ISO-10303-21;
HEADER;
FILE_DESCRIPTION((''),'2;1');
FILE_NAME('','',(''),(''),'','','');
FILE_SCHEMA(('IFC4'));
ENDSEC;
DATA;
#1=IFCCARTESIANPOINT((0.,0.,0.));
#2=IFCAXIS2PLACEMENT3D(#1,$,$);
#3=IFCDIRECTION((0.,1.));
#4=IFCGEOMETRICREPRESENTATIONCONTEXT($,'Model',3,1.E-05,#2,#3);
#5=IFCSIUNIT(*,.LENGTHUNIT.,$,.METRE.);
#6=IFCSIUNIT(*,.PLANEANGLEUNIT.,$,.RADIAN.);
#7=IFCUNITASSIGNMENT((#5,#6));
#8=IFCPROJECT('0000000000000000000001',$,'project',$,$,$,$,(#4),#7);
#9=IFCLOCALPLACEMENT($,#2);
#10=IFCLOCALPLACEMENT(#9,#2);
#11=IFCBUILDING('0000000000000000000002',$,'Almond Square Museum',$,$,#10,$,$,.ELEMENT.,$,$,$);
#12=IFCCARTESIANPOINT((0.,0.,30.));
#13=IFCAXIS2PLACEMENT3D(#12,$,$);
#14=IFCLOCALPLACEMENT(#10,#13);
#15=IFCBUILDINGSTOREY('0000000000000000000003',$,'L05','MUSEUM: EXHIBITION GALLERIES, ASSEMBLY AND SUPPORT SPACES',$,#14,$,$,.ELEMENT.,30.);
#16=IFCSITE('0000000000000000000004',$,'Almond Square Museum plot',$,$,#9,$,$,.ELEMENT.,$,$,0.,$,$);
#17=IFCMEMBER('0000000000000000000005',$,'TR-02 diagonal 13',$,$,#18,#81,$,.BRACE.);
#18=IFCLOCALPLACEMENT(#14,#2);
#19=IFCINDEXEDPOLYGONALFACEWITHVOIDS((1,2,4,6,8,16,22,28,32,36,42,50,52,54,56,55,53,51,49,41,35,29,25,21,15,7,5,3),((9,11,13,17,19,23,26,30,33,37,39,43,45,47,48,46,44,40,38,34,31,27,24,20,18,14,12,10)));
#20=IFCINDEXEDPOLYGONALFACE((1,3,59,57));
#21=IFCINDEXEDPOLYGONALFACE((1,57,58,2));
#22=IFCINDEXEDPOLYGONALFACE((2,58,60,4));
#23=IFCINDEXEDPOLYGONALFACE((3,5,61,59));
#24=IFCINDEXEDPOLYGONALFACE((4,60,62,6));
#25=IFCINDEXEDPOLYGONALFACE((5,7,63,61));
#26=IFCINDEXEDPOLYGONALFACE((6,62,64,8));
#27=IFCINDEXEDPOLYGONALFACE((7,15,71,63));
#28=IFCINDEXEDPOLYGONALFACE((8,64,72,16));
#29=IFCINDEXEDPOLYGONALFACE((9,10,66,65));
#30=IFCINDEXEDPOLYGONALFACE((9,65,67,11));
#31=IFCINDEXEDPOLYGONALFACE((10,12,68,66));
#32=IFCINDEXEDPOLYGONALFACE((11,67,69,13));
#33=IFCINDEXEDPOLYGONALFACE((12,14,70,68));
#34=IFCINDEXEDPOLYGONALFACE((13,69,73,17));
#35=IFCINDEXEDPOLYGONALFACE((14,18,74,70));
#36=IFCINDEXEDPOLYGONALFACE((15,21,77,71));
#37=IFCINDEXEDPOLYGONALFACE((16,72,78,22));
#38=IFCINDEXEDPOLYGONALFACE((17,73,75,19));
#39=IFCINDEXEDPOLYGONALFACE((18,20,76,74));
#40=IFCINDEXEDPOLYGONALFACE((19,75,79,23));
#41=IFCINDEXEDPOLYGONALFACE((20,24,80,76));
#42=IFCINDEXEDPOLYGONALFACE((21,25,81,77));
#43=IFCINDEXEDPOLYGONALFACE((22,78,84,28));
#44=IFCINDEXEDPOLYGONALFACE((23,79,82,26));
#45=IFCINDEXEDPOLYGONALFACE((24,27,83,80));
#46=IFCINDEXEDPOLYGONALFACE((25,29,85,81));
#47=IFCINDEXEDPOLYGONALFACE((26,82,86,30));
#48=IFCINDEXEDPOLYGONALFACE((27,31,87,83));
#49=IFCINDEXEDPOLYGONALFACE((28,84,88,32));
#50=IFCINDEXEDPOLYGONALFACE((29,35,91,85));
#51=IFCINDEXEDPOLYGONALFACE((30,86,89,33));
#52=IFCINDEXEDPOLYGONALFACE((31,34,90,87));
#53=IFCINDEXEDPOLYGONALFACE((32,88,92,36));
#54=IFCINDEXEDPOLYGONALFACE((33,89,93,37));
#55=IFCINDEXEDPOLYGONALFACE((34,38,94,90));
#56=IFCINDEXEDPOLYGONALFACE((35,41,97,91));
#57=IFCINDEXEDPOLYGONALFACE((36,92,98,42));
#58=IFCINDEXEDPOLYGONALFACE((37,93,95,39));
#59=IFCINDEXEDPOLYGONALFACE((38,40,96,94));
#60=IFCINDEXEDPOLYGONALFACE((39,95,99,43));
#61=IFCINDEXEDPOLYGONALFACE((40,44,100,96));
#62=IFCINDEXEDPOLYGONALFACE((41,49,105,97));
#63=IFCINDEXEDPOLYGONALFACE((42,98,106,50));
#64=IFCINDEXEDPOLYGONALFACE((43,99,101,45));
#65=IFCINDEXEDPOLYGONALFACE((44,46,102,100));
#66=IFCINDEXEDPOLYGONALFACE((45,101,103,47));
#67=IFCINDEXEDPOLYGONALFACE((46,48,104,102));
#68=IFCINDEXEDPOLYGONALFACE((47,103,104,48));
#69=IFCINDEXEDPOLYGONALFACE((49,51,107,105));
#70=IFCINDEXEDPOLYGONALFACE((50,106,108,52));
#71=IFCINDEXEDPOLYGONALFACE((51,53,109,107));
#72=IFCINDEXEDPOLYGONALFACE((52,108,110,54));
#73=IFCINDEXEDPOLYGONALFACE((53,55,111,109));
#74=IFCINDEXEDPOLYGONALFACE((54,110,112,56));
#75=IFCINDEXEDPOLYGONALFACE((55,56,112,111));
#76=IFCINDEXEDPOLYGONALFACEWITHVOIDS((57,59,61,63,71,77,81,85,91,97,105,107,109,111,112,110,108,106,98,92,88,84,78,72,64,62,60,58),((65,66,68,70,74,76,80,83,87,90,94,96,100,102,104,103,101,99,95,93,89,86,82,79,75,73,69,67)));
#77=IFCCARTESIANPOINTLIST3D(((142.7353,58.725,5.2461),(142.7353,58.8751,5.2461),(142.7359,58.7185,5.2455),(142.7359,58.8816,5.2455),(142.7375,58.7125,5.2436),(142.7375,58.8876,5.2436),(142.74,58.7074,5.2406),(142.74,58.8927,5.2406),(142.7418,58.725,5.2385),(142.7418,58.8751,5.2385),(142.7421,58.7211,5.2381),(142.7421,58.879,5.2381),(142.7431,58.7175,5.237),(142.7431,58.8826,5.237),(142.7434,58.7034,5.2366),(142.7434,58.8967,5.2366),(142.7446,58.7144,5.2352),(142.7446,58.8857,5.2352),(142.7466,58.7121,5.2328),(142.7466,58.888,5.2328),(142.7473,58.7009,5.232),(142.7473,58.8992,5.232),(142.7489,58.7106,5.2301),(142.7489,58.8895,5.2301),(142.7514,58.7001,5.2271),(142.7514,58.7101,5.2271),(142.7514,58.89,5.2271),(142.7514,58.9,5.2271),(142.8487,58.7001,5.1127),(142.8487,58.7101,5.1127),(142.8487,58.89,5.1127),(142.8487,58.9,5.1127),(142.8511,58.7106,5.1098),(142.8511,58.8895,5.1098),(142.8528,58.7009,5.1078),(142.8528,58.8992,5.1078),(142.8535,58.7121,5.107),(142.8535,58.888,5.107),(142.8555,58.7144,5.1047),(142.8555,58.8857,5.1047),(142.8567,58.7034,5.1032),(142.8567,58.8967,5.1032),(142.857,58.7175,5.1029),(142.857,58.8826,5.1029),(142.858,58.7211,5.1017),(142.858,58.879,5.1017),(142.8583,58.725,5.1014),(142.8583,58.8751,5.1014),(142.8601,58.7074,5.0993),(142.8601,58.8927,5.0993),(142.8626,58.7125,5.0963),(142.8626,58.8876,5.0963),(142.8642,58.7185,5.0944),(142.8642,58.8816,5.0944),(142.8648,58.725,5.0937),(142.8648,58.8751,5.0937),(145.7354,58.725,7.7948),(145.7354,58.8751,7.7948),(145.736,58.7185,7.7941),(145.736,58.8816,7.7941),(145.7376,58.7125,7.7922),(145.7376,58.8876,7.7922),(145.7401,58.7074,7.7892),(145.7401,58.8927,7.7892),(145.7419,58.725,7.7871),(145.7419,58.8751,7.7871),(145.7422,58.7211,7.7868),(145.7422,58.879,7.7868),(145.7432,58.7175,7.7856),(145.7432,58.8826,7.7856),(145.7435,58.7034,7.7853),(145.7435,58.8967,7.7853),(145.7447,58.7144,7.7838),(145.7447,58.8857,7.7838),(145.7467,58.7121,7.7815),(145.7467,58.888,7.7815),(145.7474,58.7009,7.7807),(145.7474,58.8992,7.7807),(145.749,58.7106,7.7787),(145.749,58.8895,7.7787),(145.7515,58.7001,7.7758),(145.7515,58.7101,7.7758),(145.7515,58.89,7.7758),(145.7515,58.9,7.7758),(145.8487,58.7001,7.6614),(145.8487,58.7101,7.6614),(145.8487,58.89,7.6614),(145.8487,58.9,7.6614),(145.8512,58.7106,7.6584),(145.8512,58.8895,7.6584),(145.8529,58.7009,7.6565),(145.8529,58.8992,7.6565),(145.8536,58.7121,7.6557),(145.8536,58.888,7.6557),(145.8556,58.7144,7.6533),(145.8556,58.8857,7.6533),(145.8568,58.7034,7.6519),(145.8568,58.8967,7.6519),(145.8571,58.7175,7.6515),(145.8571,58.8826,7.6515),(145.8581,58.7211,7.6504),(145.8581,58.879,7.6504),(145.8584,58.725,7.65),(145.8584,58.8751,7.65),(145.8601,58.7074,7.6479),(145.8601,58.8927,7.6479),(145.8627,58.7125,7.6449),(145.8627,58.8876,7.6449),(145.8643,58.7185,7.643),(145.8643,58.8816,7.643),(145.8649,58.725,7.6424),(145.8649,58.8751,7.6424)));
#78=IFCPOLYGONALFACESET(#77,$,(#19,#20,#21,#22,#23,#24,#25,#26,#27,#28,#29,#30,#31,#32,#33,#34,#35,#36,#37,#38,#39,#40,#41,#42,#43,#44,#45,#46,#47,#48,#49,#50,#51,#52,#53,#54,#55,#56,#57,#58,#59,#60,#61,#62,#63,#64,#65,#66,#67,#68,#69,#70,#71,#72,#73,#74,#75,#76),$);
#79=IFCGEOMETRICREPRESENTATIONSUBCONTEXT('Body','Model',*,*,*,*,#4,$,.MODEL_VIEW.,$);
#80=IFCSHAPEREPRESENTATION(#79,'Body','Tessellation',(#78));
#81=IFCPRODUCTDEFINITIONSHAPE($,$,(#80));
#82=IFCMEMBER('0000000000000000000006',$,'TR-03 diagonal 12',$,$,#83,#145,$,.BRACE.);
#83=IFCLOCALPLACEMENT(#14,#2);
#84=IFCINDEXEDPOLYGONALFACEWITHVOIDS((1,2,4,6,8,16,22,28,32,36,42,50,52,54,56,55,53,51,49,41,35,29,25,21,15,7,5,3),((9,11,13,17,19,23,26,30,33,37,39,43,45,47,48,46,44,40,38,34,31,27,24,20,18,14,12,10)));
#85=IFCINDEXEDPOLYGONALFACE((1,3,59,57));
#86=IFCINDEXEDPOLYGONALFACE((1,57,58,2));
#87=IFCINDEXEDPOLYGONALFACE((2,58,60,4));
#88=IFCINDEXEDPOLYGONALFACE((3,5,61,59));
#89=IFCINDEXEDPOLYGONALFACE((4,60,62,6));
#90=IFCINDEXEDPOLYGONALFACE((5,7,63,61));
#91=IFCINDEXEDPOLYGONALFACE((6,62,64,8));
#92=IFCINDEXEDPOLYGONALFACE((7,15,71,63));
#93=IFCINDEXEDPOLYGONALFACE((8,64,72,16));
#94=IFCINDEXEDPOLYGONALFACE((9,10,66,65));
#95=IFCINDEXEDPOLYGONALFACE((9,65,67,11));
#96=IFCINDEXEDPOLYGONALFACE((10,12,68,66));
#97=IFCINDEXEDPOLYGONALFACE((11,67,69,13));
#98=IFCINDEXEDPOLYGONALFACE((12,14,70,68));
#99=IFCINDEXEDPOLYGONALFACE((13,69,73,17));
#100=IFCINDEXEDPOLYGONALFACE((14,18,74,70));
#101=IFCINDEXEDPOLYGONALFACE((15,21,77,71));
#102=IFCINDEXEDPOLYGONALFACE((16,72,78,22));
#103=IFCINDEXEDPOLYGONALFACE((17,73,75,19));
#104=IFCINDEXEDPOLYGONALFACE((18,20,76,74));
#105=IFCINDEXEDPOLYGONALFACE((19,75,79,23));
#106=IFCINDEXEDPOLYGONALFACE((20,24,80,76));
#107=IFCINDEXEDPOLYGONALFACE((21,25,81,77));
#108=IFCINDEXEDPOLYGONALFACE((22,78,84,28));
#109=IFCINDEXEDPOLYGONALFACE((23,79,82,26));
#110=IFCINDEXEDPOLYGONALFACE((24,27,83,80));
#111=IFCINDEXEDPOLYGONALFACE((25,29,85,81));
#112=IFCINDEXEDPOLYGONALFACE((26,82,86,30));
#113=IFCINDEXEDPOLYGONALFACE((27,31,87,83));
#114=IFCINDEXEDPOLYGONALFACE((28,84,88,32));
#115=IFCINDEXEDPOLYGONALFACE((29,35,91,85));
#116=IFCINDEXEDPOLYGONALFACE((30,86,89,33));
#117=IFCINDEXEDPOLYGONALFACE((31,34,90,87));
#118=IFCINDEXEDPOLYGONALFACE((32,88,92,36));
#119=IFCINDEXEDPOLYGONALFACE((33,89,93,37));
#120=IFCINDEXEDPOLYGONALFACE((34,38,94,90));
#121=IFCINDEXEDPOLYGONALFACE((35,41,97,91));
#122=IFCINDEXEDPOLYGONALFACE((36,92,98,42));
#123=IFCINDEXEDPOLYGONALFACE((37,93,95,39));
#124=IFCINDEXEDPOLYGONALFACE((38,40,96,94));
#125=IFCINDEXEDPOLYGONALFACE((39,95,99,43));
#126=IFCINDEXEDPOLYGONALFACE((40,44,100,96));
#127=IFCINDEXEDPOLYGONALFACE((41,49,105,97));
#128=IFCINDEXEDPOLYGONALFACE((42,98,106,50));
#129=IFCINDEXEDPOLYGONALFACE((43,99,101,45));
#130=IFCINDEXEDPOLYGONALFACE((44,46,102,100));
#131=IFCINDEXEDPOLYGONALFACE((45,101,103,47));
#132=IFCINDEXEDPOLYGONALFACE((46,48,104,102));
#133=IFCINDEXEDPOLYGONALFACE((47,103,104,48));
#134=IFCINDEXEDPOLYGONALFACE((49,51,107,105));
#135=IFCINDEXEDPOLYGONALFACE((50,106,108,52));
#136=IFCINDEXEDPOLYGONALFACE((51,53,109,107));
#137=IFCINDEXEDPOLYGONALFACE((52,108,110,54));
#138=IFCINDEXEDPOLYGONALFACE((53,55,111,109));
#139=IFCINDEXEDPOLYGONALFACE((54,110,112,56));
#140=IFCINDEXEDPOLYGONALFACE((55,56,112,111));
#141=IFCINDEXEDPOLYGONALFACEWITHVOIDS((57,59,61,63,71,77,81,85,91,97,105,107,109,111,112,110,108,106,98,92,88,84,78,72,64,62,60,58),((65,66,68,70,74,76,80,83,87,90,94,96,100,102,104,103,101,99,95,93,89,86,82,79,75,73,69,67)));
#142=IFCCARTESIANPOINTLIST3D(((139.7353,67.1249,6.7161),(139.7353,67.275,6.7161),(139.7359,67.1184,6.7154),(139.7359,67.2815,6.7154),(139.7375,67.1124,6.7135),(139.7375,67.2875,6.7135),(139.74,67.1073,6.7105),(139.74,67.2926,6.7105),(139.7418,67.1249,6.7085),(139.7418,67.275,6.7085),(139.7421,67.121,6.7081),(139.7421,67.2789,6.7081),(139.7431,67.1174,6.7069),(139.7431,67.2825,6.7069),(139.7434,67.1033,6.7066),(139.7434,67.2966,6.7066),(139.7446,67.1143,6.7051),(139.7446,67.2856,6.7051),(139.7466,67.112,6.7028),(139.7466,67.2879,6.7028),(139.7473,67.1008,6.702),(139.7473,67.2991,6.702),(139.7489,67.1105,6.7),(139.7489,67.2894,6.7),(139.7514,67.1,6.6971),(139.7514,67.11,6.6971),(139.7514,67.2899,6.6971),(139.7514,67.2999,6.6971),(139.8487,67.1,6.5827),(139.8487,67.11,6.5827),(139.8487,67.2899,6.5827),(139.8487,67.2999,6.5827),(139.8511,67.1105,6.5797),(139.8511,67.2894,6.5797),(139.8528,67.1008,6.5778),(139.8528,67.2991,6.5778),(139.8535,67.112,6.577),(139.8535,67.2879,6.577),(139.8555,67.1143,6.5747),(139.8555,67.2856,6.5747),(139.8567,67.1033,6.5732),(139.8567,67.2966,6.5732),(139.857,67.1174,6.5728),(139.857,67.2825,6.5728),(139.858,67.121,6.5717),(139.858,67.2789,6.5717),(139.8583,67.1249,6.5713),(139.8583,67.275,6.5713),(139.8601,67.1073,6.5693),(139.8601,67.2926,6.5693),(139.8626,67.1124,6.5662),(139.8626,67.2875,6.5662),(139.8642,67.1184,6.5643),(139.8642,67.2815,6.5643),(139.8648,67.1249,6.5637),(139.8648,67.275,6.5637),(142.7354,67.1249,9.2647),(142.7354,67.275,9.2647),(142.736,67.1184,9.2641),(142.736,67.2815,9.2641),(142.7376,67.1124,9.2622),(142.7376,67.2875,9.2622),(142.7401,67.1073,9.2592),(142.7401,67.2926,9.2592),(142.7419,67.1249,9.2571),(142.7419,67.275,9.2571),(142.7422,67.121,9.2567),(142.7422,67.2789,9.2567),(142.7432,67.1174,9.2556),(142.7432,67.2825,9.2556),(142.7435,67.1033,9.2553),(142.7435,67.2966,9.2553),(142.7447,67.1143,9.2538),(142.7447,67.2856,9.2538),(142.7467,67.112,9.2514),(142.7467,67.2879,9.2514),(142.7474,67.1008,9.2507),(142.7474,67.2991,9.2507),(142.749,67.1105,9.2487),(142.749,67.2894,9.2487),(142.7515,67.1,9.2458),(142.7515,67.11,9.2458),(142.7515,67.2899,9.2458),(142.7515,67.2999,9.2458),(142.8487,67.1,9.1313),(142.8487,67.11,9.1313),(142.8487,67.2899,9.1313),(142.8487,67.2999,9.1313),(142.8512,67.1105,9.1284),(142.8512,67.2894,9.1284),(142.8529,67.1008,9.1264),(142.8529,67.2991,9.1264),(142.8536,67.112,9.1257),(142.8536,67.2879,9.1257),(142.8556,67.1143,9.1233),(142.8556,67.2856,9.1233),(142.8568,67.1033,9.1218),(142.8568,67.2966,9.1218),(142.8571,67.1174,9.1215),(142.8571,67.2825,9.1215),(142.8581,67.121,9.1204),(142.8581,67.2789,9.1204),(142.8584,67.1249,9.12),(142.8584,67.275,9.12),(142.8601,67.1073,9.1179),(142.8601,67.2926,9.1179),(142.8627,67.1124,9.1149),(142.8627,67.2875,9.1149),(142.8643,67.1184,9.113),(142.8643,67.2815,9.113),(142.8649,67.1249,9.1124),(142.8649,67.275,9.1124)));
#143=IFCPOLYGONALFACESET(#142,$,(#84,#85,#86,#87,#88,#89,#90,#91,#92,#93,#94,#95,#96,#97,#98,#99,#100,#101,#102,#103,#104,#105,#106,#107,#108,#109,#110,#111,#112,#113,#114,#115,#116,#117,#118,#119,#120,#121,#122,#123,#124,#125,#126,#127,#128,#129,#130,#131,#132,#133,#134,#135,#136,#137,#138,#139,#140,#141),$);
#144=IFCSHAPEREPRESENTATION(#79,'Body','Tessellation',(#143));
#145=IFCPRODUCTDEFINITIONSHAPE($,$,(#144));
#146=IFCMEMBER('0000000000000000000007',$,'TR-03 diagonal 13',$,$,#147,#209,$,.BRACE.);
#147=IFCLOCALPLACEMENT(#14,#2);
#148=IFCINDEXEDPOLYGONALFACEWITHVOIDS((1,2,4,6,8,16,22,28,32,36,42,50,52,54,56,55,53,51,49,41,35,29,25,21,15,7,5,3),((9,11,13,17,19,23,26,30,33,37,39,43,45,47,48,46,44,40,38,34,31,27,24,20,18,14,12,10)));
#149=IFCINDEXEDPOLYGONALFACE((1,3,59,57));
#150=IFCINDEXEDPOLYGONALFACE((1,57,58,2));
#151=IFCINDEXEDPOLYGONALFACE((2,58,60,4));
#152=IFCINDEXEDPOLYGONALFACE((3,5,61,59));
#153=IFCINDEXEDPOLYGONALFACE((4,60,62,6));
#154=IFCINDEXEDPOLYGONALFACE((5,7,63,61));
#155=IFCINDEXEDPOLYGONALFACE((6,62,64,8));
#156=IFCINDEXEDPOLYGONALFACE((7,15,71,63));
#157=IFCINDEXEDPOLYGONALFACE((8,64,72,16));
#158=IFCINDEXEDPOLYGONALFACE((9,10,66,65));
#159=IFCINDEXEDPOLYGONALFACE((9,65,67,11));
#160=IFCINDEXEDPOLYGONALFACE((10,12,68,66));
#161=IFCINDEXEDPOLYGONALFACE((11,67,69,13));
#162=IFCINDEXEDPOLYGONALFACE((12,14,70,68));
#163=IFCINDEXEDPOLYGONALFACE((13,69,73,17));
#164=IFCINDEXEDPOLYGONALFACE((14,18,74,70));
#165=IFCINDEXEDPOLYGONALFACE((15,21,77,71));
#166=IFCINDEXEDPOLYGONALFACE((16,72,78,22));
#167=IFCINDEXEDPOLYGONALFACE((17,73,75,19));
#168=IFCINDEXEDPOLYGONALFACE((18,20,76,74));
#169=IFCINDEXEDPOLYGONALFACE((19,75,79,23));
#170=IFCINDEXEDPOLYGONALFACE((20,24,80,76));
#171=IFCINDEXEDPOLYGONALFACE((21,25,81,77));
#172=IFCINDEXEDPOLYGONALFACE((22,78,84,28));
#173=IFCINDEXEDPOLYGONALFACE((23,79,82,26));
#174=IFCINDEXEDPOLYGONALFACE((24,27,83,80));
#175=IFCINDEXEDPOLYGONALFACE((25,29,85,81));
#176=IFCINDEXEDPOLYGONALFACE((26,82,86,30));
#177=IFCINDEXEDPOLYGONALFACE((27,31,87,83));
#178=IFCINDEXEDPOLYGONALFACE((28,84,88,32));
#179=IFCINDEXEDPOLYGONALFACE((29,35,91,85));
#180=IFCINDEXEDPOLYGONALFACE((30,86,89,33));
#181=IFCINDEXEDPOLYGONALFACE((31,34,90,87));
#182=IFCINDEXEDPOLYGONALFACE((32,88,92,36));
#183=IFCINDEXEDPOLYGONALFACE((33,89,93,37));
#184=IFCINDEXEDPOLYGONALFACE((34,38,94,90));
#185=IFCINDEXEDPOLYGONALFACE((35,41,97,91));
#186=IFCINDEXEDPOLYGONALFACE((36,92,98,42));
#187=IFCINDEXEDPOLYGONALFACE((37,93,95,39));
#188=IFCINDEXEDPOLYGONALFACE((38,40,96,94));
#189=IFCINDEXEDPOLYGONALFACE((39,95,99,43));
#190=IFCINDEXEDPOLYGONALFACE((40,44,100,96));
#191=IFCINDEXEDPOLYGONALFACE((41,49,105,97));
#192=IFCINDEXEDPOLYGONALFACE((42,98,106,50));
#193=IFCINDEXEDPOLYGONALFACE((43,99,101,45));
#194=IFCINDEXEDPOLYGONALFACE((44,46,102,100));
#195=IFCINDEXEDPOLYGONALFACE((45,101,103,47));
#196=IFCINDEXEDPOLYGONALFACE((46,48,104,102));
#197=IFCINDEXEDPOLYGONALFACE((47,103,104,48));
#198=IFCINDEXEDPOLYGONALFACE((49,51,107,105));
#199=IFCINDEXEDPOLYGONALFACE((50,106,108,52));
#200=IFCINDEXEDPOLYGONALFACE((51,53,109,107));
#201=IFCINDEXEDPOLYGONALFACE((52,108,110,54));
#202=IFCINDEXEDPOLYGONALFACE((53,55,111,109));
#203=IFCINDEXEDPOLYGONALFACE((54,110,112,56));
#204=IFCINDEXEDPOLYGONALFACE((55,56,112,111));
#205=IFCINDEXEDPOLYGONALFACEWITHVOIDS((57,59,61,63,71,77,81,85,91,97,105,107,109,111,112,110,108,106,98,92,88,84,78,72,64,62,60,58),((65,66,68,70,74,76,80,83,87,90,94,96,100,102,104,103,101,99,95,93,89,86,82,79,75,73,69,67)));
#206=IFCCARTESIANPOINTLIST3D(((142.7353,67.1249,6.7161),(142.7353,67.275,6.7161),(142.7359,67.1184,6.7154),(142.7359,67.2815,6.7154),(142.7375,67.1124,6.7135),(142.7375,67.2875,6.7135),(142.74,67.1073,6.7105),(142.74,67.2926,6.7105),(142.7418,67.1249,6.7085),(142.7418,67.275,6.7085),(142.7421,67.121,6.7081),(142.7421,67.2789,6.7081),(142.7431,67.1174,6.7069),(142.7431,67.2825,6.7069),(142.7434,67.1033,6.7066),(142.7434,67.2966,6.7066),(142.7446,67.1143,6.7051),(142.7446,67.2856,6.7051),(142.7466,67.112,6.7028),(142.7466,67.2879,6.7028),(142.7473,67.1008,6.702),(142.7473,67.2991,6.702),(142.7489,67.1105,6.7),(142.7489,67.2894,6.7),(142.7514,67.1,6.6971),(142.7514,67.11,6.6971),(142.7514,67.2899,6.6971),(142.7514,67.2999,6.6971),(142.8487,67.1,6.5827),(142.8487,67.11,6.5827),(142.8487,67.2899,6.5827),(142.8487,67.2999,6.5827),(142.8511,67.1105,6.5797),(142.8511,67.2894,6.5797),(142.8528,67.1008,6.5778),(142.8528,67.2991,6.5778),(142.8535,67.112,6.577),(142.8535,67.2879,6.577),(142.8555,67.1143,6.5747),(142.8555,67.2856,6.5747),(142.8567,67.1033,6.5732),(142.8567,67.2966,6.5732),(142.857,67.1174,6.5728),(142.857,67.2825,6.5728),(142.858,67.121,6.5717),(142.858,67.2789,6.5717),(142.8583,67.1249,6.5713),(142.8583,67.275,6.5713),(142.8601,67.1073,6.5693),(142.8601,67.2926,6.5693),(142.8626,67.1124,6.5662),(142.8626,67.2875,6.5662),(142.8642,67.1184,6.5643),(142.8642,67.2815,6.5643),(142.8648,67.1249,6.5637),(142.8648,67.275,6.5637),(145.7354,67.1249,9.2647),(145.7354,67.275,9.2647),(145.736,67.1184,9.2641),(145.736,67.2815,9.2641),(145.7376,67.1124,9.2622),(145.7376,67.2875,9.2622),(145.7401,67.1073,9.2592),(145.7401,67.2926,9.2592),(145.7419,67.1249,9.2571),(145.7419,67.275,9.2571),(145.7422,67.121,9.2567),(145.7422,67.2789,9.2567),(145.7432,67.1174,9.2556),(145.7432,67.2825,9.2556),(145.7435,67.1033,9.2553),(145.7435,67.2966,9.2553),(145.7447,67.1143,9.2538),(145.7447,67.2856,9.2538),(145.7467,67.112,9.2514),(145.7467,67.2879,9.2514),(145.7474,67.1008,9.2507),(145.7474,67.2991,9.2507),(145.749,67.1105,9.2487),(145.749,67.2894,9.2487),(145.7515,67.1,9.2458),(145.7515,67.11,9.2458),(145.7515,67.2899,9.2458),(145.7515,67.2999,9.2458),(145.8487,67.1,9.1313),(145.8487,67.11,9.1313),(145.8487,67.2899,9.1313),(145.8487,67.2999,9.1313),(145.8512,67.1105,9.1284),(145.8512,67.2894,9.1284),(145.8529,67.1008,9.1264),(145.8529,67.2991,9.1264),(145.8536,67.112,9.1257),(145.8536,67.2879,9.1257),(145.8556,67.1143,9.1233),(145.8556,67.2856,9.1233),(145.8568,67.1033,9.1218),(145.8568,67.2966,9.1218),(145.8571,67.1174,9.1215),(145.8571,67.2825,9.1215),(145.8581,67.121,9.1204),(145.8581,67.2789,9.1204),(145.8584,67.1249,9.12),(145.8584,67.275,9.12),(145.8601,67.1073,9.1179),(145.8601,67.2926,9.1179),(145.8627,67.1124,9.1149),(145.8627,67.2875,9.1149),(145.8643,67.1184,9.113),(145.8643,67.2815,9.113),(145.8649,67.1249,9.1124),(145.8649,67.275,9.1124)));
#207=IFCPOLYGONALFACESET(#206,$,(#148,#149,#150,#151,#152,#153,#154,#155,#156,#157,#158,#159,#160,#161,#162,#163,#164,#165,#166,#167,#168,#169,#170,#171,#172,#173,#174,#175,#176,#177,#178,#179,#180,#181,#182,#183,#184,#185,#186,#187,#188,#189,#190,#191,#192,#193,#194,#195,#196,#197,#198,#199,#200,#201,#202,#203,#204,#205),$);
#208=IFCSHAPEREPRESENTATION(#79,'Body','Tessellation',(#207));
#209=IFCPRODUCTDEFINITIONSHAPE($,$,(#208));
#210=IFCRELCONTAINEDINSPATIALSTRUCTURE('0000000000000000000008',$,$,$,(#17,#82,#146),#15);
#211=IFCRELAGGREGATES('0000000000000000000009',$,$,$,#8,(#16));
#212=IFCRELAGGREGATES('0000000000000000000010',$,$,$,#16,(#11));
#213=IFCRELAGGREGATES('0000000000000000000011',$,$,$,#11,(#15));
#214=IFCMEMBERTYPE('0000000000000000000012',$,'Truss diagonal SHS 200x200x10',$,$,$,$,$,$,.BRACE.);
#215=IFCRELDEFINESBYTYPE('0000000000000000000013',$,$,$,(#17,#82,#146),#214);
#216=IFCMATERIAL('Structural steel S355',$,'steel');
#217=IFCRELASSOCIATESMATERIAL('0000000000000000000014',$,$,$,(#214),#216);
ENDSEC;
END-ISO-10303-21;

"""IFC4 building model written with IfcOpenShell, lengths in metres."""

from ifc_helpers import new_model, si_unit, direction, frame, origin, origin_2d, place, context, subcontext, project, spatial, hollow_rectangle, extrude, material, material_profile, profile_set, type_object, element, save


model = new_model("IFC4")

# Units and contexts
model_context = context("Model", 3, precision=1e-05, world=origin(), true_north=direction((0.0, 1.0)))
body_context = subcontext(model_context, "Body", "Model", "MODEL_VIEW")
ifc_project = project(units=[si_unit("LENGTHUNIT", "METRE"), si_unit("PLANEANGLEUNIT", "RADIAN")], contexts=[model_context])

# Site, building, storey
site_placement = place(None, origin())
site = spatial("IfcSite", under=ifc_project, at=site_placement, Name="Almond Square Museum plot", CompositionType="ELEMENT", RefElevation=0.0)
building_placement = place(site_placement, origin())
building = spatial("IfcBuilding", under=site, at=building_placement, Name="Almond Square Museum", CompositionType="ELEMENT")
storey_placement = place(building_placement, frame((0.0, 0.0, 30.0)))
storey = spatial("IfcBuildingStorey", under=building, at=storey_placement, Name="L05", Description="MUSEUM: EXHIBITION GALLERIES, ASSEMBLY AND SUPPORT SPACES", CompositionType="ELEMENT", Elevation=30.0)

# Members
ifc_material_1 = material(Name="Structural steel S355", Category="steel")
ifc_material_profile_1 = material_profile(ifc_material_1, hollow_rectangle(XDim=0.2, YDim=0.2, WallThickness=0.01, InnerFilletRadius=0.0149, OuterFilletRadius=0.0249, at=origin_2d()))
ifc_profile_set_1 = profile_set([ifc_material_profile_1], Name="Structural steel S355")
member_type_1 = type_object("IfcMemberType", Name="Truss diagonal SHS 200x200x10", PredefinedType="BRACE", material=ifc_profile_set_1)
for number, where, z_axis, x_axis, name in (
    (1, (142.8, 58.8, 5.1699), (0.762117, 0.0, 0.64744), (0.0, 1.0, 0.0), "TR-02 diagonal 13"),
    (2, (139.8, 67.2, 6.6399), (0.762117, 0.0, 0.64744), (0.0, 1.0, 0.0), "TR-03 diagonal 12"),
    (3, (142.8, 67.2, 6.6399), (0.762117, 0.0, 0.64744), (0.0, 1.0, 0.0), "TR-03 diagonal 13"),
):
    element("IfcMember", number, at=place(storey_placement, frame(where, z_axis=z_axis, x_axis=x_axis)), inside=storey, type_object=member_type_1, Name=name, PredefinedType="BRACE", context=body_context, shape_type="SweptSolid", body=[
        extrude(hollow_rectangle(XDim=0.2, YDim=0.2, WallThickness=0.01, InnerFilletRadius=0.0149, OuterFilletRadius=0.0249, at=origin_2d()), origin(), (0.0, 0.0, 1.0), 3.9365),
    ])

save(model, "model.ifc")
